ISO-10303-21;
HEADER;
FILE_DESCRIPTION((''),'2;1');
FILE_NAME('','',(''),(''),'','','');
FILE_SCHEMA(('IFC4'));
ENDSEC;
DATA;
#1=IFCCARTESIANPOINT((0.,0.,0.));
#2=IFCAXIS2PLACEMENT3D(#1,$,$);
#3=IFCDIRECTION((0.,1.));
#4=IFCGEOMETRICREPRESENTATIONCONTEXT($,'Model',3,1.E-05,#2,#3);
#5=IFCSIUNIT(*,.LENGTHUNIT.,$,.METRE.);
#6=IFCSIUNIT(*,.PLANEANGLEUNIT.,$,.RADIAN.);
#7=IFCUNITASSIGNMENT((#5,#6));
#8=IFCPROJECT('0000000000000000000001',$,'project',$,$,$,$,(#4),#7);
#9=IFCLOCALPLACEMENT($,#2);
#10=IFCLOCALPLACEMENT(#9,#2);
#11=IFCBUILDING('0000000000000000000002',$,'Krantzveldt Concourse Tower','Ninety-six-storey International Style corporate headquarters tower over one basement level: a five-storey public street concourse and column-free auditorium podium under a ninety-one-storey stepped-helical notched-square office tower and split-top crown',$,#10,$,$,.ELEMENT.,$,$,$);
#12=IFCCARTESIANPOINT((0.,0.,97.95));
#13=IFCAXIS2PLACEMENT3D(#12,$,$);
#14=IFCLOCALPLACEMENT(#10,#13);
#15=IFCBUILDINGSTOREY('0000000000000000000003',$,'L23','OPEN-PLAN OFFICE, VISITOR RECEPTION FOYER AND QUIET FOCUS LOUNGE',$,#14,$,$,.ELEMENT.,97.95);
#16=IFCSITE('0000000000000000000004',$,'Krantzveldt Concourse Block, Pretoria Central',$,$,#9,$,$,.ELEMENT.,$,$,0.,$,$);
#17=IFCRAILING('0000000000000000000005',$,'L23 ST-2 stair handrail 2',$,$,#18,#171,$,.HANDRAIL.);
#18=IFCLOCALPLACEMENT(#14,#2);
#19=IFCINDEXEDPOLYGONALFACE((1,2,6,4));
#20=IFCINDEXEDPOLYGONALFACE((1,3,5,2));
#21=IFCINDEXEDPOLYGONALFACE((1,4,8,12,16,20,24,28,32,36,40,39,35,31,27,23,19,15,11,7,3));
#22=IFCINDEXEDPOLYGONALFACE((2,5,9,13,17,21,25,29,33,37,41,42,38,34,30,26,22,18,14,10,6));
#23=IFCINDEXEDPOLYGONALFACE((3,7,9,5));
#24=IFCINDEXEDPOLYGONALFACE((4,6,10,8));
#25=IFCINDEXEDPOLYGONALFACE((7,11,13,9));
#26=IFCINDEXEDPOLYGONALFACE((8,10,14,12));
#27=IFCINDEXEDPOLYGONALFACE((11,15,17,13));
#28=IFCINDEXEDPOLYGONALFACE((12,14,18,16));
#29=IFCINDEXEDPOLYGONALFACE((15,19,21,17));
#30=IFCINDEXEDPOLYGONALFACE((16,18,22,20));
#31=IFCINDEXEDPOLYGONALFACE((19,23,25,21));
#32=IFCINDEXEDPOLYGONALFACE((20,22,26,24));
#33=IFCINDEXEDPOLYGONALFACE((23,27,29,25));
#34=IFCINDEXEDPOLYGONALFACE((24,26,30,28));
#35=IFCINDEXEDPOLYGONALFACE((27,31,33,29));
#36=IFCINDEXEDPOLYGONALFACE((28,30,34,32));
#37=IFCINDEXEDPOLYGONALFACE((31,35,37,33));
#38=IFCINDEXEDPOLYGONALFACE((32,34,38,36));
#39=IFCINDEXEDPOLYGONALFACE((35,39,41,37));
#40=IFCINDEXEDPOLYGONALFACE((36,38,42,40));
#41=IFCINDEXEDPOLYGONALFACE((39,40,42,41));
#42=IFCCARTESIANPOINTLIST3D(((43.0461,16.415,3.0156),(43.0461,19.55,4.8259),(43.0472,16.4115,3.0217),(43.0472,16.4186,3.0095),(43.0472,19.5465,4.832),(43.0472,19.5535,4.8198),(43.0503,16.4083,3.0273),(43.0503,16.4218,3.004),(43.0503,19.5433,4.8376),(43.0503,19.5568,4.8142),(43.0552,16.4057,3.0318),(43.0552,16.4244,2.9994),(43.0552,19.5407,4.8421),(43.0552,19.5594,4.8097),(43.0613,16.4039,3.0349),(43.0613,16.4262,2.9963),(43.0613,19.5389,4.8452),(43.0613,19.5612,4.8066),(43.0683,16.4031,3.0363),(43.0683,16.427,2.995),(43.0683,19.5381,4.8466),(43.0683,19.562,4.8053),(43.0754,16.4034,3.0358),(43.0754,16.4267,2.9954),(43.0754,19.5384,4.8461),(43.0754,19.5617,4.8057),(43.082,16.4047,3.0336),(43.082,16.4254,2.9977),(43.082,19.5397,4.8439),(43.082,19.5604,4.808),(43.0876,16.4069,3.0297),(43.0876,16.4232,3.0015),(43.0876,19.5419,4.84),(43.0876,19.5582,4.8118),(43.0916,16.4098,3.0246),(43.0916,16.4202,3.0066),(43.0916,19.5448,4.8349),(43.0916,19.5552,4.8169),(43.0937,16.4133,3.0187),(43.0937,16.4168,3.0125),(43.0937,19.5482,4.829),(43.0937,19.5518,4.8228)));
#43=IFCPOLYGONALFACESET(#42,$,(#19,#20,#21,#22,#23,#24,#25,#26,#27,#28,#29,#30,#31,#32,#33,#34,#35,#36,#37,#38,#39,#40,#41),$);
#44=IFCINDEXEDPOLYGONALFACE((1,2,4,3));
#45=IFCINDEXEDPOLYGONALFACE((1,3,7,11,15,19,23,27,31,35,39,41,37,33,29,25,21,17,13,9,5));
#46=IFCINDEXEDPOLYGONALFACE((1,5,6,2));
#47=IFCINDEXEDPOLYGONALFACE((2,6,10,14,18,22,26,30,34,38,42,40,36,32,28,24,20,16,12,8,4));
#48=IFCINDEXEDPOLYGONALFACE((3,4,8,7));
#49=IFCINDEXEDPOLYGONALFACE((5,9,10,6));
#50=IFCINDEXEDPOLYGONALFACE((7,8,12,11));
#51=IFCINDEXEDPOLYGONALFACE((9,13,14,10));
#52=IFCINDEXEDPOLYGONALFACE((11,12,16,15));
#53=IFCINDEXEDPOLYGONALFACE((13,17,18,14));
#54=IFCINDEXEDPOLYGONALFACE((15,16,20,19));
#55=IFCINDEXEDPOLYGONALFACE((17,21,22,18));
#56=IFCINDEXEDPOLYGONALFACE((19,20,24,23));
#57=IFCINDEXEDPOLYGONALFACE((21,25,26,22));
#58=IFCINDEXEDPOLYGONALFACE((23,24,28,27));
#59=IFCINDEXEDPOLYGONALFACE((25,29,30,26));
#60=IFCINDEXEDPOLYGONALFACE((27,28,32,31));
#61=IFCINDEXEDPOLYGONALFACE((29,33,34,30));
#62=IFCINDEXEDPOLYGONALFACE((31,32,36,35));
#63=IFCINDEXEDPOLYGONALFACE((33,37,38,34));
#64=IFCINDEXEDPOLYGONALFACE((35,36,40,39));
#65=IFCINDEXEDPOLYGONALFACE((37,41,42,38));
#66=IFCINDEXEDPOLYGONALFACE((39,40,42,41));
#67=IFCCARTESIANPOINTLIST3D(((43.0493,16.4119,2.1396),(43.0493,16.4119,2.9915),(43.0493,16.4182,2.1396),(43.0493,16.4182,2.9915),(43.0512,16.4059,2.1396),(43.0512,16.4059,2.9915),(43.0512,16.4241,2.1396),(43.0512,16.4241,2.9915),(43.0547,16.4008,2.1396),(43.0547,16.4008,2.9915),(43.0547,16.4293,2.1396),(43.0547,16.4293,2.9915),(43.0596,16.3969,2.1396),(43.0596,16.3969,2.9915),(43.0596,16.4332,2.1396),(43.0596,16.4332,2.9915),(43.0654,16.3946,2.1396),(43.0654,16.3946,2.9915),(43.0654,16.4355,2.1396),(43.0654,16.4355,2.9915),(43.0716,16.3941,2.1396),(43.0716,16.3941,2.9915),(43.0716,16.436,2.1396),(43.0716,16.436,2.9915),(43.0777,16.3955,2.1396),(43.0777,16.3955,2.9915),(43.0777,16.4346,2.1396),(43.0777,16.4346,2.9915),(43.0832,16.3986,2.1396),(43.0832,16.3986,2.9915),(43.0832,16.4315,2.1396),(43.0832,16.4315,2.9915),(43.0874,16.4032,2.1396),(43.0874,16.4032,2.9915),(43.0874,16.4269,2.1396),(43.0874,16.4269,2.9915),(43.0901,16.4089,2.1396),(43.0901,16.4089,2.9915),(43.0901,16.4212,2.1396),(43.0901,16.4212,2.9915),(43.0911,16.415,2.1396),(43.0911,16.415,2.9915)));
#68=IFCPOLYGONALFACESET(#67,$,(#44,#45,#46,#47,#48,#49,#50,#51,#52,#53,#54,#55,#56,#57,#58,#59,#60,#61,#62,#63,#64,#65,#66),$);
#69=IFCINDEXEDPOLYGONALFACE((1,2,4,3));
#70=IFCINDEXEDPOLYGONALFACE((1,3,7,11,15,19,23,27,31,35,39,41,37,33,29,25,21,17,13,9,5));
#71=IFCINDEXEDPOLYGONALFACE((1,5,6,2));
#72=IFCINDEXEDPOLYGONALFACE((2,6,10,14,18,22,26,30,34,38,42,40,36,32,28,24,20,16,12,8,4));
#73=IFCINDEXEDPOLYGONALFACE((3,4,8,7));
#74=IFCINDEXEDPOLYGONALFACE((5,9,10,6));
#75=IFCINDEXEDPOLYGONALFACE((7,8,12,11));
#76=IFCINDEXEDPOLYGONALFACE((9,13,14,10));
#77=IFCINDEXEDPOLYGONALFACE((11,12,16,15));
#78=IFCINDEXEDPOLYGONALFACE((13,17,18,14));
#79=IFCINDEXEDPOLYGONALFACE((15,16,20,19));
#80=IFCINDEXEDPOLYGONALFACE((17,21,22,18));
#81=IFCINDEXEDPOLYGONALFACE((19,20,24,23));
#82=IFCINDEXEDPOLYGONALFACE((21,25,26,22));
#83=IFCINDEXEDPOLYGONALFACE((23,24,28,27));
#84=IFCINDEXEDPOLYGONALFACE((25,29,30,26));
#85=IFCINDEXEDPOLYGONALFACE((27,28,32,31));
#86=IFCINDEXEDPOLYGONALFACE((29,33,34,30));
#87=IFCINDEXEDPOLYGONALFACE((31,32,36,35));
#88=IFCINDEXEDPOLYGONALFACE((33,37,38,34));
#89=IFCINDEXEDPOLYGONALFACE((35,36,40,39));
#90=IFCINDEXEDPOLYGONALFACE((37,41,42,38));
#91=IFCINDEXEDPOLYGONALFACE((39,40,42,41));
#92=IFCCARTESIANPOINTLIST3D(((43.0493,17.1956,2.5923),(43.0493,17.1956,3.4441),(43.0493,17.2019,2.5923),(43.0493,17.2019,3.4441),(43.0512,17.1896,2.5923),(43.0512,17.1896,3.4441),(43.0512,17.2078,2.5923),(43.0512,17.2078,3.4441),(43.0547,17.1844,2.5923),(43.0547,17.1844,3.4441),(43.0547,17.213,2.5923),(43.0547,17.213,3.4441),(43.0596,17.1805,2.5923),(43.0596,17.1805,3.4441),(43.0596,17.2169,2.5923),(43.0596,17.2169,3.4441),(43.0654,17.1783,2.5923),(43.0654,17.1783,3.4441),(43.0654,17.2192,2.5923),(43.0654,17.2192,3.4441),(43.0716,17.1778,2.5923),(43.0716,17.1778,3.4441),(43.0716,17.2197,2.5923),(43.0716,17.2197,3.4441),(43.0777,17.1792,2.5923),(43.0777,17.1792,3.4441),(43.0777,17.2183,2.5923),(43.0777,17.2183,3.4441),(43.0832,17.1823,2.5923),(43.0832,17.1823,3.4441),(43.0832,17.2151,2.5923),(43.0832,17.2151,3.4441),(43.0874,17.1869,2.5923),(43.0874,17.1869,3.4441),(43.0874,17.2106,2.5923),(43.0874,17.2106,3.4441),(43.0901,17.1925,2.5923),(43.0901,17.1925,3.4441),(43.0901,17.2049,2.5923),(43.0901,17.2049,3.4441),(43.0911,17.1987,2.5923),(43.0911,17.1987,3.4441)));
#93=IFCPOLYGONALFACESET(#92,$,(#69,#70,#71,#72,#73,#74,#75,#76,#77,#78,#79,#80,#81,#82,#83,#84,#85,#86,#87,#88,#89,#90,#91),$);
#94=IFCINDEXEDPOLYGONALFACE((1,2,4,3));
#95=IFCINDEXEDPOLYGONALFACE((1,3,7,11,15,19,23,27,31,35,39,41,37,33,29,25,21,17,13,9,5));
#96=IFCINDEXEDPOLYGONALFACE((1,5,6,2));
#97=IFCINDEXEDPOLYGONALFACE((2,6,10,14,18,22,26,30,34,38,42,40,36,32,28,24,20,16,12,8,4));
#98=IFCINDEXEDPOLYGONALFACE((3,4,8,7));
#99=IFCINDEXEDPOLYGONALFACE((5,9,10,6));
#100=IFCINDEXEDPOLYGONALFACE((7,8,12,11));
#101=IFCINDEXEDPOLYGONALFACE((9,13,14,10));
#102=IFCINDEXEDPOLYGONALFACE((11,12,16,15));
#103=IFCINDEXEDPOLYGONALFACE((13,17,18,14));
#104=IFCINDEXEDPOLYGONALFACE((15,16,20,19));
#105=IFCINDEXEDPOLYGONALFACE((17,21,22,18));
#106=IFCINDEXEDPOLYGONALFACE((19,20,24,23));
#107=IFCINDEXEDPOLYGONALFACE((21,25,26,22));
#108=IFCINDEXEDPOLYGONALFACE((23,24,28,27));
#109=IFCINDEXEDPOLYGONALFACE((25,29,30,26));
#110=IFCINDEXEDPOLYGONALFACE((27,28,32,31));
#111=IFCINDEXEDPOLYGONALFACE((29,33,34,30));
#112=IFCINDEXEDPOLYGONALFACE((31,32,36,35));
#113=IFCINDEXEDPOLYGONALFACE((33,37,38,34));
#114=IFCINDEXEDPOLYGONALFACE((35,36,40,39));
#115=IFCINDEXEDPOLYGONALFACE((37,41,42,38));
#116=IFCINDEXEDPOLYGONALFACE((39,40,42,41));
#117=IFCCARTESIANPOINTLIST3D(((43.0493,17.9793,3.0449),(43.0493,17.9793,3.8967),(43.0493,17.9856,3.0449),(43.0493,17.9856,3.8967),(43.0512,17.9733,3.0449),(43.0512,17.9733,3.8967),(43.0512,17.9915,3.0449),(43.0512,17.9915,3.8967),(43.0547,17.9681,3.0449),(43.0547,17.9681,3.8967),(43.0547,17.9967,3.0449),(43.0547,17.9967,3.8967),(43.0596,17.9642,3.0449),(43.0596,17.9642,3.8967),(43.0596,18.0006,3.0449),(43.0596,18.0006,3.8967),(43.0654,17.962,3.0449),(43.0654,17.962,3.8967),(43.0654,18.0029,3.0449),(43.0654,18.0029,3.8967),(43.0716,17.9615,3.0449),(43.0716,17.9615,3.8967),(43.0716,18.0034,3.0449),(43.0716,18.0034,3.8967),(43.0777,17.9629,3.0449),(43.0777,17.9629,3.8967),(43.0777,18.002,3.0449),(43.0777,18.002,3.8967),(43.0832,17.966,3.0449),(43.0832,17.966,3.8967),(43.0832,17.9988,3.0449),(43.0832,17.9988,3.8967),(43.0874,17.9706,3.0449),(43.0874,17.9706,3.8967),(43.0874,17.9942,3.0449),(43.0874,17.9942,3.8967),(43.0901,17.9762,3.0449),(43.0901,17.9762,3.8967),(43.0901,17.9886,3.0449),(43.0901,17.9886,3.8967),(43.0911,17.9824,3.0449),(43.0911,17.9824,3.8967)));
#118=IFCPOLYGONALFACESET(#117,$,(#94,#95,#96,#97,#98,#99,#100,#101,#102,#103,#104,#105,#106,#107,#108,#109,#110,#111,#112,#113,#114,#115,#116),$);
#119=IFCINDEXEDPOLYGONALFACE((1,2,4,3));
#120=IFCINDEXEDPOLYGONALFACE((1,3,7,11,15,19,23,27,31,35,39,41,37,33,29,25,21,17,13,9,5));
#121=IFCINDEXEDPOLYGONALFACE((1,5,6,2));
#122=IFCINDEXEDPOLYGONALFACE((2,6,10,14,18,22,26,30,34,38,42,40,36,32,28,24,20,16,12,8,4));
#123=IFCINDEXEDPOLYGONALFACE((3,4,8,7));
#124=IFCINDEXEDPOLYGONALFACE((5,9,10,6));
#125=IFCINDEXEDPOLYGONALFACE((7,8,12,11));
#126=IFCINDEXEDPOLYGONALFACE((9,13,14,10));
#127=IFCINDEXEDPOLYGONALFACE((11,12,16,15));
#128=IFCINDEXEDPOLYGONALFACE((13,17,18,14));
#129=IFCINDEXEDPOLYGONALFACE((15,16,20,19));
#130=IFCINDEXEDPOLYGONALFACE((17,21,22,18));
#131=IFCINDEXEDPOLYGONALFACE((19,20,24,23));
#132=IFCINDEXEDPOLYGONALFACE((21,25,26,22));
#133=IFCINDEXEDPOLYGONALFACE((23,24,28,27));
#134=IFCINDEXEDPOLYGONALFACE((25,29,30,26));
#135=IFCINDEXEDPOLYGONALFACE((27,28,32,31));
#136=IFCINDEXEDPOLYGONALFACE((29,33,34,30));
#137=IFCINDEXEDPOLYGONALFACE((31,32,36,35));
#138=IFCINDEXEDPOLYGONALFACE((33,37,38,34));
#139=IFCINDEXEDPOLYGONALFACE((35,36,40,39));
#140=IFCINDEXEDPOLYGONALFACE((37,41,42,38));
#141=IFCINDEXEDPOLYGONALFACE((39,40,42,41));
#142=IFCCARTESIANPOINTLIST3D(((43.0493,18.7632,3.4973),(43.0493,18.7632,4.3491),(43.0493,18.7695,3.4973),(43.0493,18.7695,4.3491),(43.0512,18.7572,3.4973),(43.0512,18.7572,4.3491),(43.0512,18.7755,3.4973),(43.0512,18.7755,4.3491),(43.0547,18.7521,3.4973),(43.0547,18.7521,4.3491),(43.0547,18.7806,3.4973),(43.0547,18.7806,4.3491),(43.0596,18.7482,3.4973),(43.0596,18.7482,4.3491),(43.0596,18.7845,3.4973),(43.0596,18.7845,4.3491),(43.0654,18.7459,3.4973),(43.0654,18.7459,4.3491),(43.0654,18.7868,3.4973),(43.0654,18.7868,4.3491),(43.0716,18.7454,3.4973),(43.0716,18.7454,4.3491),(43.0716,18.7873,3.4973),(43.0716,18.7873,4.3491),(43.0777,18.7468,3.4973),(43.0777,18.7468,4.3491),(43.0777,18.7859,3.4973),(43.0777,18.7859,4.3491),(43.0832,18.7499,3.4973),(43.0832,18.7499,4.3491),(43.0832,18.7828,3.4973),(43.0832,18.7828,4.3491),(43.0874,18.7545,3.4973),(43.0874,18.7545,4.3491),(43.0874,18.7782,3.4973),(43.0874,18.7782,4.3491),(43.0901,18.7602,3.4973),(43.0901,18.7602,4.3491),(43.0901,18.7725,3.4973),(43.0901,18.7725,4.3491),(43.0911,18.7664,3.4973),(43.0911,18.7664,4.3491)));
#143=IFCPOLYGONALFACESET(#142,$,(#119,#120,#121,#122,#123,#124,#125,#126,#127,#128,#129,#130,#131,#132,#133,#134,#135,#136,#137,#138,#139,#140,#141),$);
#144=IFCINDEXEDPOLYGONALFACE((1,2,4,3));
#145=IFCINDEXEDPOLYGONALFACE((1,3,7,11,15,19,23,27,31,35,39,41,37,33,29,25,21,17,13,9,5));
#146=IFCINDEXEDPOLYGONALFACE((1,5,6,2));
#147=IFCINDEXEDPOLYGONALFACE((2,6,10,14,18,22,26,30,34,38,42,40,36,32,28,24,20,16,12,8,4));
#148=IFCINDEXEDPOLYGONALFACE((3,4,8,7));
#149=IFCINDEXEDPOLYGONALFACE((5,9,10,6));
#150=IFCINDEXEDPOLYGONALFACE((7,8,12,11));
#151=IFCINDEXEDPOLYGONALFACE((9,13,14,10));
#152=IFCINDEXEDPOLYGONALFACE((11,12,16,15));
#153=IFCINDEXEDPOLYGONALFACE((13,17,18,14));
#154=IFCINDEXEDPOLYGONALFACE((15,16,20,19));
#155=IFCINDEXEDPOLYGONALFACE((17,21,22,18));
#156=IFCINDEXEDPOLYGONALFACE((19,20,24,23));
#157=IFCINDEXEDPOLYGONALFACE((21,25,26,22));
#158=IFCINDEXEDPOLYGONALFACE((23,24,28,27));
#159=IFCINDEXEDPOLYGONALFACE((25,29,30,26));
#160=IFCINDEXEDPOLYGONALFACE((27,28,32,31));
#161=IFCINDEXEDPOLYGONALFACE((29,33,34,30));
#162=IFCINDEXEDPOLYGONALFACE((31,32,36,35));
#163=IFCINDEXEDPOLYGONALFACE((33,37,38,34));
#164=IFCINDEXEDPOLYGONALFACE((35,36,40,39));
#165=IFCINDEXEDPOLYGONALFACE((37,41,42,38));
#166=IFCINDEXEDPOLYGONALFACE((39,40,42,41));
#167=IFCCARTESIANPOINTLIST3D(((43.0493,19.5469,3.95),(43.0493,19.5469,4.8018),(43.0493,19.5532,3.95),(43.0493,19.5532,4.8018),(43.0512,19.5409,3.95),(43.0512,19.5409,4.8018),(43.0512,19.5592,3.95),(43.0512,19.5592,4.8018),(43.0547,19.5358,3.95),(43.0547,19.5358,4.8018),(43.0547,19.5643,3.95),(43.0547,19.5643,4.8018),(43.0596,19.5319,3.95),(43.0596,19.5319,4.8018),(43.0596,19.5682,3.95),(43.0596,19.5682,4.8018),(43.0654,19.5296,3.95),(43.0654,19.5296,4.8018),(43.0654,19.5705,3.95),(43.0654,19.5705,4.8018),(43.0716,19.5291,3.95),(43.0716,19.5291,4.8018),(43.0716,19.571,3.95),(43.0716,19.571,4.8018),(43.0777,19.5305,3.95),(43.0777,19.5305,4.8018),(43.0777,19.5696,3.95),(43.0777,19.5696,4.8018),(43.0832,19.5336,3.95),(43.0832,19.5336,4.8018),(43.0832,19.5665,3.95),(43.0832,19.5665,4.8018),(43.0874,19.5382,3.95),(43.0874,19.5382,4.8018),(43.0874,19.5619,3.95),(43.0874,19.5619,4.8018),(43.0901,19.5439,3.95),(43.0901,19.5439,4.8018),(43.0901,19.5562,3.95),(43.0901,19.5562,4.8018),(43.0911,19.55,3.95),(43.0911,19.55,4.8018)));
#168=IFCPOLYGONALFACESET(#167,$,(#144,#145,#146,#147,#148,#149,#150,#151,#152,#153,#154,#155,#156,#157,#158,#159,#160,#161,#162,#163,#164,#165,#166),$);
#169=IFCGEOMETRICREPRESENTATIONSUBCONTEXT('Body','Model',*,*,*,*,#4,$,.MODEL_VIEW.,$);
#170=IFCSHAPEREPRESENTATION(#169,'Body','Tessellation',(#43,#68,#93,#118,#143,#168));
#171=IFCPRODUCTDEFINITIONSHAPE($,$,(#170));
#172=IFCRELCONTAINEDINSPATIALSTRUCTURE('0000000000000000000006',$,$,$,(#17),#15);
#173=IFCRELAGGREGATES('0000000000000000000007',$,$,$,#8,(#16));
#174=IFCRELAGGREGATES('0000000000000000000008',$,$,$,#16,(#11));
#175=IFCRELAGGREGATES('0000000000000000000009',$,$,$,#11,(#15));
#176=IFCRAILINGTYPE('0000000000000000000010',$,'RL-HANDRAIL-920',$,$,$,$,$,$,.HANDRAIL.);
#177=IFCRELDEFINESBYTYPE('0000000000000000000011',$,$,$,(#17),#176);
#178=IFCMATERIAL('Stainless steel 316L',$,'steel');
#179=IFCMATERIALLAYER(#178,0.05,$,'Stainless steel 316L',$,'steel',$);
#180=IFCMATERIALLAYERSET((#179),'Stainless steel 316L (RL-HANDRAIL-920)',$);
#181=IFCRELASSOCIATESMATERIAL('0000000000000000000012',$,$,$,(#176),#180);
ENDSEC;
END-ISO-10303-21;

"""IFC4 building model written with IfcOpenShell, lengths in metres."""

from ifc_helpers import new_model, si_unit, direction, frame, origin, origin_2d, place, context, subcontext, project, spatial, circle, extrude, material, layer, layer_set, type_object, element, save


model = new_model("IFC4")

# Units and contexts
model_context = context("Model", 3, precision=1e-05, world=origin(), true_north=direction((0.0, 1.0)))
body_context = subcontext(model_context, "Body", "Model", "MODEL_VIEW")
ifc_project = project(units=[si_unit("LENGTHUNIT", "METRE"), si_unit("PLANEANGLEUNIT", "RADIAN")], contexts=[model_context])

# Site, building, storey
site_placement = place(None, origin())
site = spatial("IfcSite", under=ifc_project, at=site_placement, Name="Krantzveldt Concourse Block, Pretoria Central", CompositionType="ELEMENT", RefElevation=0.0)
building_placement = place(site_placement, origin())
building = spatial("IfcBuilding", under=site, at=building_placement, Name="Krantzveldt Concourse Tower", Description="Ninety-six-storey International Style corporate headquarters tower over one basement level: a five-storey public street concourse and column-free auditorium podium under a ninety-one-storey stepped-helical notched-square office tower and split-top crown", CompositionType="ELEMENT")
storey_placement = place(building_placement, frame((0.0, 0.0, 97.95)))
storey = spatial("IfcBuildingStorey", under=building, at=storey_placement, Name="L23", Description="OPEN-PLAN OFFICE, VISITOR RECEPTION FOYER AND QUIET FOCUS LOUNGE", CompositionType="ELEMENT", Elevation=97.95)

# Shared definitions
ifc_material_1 = material(Name="Stainless steel 316L", Category="steel")

# Railing
ifc_layer_1 = layer(ifc_material_1, 0.05, Name="Stainless steel 316L", Category="steel")
ifc_layer_set_1 = layer_set([ifc_layer_1], Name="Stainless steel 316L (RL-HANDRAIL-920)")
railing_type_1 = type_object("IfcRailingType", Name="RL-HANDRAIL-920", PredefinedType="HANDRAIL", material=ifc_layer_set_1)
railing_1_placement = place(storey_placement, frame((43.0701, 16.415, 2.1396)))
element("IfcRailing", 1, at=railing_1_placement, inside=storey, type_object=railing_type_1, Name="L23 ST-2 stair handrail 2", PredefinedType="HANDRAIL", context=body_context, shape_type="SweptSolid", body=[
    extrude(circle(Radius=0.0239, at=origin_2d()), frame((0.0, 0.0, 0.876), z_axis=(0.0, 0.865989, 0.500063), x_axis=(-1.0, 0.0, 0.0)), (0.0, 0.0, 1.0), 3.6201),
    extrude(circle(Radius=0.021, at=origin_2d()), origin(), (0.0, 0.0, 1.0), 0.8518),
    extrude(circle(Radius=0.021, at=origin_2d()), frame((0.0, 0.7837, 0.4526)), (0.0, 0.0, 1.0), 0.8518),
    extrude(circle(Radius=0.021, at=origin_2d()), frame((0.0, 1.5674, 0.9053)), (0.0, 0.0, 1.0), 0.8518),
    extrude(circle(Radius=0.021, at=origin_2d()), frame((0.0, 2.3513, 1.3577)), (0.0, 0.0, 1.0), 0.8518),
    extrude(circle(Radius=0.021, at=origin_2d()), frame((0.0, 3.135, 1.8103)), (0.0, 0.0, 1.0), 0.8518),
])

save(model, "model.ifc")
